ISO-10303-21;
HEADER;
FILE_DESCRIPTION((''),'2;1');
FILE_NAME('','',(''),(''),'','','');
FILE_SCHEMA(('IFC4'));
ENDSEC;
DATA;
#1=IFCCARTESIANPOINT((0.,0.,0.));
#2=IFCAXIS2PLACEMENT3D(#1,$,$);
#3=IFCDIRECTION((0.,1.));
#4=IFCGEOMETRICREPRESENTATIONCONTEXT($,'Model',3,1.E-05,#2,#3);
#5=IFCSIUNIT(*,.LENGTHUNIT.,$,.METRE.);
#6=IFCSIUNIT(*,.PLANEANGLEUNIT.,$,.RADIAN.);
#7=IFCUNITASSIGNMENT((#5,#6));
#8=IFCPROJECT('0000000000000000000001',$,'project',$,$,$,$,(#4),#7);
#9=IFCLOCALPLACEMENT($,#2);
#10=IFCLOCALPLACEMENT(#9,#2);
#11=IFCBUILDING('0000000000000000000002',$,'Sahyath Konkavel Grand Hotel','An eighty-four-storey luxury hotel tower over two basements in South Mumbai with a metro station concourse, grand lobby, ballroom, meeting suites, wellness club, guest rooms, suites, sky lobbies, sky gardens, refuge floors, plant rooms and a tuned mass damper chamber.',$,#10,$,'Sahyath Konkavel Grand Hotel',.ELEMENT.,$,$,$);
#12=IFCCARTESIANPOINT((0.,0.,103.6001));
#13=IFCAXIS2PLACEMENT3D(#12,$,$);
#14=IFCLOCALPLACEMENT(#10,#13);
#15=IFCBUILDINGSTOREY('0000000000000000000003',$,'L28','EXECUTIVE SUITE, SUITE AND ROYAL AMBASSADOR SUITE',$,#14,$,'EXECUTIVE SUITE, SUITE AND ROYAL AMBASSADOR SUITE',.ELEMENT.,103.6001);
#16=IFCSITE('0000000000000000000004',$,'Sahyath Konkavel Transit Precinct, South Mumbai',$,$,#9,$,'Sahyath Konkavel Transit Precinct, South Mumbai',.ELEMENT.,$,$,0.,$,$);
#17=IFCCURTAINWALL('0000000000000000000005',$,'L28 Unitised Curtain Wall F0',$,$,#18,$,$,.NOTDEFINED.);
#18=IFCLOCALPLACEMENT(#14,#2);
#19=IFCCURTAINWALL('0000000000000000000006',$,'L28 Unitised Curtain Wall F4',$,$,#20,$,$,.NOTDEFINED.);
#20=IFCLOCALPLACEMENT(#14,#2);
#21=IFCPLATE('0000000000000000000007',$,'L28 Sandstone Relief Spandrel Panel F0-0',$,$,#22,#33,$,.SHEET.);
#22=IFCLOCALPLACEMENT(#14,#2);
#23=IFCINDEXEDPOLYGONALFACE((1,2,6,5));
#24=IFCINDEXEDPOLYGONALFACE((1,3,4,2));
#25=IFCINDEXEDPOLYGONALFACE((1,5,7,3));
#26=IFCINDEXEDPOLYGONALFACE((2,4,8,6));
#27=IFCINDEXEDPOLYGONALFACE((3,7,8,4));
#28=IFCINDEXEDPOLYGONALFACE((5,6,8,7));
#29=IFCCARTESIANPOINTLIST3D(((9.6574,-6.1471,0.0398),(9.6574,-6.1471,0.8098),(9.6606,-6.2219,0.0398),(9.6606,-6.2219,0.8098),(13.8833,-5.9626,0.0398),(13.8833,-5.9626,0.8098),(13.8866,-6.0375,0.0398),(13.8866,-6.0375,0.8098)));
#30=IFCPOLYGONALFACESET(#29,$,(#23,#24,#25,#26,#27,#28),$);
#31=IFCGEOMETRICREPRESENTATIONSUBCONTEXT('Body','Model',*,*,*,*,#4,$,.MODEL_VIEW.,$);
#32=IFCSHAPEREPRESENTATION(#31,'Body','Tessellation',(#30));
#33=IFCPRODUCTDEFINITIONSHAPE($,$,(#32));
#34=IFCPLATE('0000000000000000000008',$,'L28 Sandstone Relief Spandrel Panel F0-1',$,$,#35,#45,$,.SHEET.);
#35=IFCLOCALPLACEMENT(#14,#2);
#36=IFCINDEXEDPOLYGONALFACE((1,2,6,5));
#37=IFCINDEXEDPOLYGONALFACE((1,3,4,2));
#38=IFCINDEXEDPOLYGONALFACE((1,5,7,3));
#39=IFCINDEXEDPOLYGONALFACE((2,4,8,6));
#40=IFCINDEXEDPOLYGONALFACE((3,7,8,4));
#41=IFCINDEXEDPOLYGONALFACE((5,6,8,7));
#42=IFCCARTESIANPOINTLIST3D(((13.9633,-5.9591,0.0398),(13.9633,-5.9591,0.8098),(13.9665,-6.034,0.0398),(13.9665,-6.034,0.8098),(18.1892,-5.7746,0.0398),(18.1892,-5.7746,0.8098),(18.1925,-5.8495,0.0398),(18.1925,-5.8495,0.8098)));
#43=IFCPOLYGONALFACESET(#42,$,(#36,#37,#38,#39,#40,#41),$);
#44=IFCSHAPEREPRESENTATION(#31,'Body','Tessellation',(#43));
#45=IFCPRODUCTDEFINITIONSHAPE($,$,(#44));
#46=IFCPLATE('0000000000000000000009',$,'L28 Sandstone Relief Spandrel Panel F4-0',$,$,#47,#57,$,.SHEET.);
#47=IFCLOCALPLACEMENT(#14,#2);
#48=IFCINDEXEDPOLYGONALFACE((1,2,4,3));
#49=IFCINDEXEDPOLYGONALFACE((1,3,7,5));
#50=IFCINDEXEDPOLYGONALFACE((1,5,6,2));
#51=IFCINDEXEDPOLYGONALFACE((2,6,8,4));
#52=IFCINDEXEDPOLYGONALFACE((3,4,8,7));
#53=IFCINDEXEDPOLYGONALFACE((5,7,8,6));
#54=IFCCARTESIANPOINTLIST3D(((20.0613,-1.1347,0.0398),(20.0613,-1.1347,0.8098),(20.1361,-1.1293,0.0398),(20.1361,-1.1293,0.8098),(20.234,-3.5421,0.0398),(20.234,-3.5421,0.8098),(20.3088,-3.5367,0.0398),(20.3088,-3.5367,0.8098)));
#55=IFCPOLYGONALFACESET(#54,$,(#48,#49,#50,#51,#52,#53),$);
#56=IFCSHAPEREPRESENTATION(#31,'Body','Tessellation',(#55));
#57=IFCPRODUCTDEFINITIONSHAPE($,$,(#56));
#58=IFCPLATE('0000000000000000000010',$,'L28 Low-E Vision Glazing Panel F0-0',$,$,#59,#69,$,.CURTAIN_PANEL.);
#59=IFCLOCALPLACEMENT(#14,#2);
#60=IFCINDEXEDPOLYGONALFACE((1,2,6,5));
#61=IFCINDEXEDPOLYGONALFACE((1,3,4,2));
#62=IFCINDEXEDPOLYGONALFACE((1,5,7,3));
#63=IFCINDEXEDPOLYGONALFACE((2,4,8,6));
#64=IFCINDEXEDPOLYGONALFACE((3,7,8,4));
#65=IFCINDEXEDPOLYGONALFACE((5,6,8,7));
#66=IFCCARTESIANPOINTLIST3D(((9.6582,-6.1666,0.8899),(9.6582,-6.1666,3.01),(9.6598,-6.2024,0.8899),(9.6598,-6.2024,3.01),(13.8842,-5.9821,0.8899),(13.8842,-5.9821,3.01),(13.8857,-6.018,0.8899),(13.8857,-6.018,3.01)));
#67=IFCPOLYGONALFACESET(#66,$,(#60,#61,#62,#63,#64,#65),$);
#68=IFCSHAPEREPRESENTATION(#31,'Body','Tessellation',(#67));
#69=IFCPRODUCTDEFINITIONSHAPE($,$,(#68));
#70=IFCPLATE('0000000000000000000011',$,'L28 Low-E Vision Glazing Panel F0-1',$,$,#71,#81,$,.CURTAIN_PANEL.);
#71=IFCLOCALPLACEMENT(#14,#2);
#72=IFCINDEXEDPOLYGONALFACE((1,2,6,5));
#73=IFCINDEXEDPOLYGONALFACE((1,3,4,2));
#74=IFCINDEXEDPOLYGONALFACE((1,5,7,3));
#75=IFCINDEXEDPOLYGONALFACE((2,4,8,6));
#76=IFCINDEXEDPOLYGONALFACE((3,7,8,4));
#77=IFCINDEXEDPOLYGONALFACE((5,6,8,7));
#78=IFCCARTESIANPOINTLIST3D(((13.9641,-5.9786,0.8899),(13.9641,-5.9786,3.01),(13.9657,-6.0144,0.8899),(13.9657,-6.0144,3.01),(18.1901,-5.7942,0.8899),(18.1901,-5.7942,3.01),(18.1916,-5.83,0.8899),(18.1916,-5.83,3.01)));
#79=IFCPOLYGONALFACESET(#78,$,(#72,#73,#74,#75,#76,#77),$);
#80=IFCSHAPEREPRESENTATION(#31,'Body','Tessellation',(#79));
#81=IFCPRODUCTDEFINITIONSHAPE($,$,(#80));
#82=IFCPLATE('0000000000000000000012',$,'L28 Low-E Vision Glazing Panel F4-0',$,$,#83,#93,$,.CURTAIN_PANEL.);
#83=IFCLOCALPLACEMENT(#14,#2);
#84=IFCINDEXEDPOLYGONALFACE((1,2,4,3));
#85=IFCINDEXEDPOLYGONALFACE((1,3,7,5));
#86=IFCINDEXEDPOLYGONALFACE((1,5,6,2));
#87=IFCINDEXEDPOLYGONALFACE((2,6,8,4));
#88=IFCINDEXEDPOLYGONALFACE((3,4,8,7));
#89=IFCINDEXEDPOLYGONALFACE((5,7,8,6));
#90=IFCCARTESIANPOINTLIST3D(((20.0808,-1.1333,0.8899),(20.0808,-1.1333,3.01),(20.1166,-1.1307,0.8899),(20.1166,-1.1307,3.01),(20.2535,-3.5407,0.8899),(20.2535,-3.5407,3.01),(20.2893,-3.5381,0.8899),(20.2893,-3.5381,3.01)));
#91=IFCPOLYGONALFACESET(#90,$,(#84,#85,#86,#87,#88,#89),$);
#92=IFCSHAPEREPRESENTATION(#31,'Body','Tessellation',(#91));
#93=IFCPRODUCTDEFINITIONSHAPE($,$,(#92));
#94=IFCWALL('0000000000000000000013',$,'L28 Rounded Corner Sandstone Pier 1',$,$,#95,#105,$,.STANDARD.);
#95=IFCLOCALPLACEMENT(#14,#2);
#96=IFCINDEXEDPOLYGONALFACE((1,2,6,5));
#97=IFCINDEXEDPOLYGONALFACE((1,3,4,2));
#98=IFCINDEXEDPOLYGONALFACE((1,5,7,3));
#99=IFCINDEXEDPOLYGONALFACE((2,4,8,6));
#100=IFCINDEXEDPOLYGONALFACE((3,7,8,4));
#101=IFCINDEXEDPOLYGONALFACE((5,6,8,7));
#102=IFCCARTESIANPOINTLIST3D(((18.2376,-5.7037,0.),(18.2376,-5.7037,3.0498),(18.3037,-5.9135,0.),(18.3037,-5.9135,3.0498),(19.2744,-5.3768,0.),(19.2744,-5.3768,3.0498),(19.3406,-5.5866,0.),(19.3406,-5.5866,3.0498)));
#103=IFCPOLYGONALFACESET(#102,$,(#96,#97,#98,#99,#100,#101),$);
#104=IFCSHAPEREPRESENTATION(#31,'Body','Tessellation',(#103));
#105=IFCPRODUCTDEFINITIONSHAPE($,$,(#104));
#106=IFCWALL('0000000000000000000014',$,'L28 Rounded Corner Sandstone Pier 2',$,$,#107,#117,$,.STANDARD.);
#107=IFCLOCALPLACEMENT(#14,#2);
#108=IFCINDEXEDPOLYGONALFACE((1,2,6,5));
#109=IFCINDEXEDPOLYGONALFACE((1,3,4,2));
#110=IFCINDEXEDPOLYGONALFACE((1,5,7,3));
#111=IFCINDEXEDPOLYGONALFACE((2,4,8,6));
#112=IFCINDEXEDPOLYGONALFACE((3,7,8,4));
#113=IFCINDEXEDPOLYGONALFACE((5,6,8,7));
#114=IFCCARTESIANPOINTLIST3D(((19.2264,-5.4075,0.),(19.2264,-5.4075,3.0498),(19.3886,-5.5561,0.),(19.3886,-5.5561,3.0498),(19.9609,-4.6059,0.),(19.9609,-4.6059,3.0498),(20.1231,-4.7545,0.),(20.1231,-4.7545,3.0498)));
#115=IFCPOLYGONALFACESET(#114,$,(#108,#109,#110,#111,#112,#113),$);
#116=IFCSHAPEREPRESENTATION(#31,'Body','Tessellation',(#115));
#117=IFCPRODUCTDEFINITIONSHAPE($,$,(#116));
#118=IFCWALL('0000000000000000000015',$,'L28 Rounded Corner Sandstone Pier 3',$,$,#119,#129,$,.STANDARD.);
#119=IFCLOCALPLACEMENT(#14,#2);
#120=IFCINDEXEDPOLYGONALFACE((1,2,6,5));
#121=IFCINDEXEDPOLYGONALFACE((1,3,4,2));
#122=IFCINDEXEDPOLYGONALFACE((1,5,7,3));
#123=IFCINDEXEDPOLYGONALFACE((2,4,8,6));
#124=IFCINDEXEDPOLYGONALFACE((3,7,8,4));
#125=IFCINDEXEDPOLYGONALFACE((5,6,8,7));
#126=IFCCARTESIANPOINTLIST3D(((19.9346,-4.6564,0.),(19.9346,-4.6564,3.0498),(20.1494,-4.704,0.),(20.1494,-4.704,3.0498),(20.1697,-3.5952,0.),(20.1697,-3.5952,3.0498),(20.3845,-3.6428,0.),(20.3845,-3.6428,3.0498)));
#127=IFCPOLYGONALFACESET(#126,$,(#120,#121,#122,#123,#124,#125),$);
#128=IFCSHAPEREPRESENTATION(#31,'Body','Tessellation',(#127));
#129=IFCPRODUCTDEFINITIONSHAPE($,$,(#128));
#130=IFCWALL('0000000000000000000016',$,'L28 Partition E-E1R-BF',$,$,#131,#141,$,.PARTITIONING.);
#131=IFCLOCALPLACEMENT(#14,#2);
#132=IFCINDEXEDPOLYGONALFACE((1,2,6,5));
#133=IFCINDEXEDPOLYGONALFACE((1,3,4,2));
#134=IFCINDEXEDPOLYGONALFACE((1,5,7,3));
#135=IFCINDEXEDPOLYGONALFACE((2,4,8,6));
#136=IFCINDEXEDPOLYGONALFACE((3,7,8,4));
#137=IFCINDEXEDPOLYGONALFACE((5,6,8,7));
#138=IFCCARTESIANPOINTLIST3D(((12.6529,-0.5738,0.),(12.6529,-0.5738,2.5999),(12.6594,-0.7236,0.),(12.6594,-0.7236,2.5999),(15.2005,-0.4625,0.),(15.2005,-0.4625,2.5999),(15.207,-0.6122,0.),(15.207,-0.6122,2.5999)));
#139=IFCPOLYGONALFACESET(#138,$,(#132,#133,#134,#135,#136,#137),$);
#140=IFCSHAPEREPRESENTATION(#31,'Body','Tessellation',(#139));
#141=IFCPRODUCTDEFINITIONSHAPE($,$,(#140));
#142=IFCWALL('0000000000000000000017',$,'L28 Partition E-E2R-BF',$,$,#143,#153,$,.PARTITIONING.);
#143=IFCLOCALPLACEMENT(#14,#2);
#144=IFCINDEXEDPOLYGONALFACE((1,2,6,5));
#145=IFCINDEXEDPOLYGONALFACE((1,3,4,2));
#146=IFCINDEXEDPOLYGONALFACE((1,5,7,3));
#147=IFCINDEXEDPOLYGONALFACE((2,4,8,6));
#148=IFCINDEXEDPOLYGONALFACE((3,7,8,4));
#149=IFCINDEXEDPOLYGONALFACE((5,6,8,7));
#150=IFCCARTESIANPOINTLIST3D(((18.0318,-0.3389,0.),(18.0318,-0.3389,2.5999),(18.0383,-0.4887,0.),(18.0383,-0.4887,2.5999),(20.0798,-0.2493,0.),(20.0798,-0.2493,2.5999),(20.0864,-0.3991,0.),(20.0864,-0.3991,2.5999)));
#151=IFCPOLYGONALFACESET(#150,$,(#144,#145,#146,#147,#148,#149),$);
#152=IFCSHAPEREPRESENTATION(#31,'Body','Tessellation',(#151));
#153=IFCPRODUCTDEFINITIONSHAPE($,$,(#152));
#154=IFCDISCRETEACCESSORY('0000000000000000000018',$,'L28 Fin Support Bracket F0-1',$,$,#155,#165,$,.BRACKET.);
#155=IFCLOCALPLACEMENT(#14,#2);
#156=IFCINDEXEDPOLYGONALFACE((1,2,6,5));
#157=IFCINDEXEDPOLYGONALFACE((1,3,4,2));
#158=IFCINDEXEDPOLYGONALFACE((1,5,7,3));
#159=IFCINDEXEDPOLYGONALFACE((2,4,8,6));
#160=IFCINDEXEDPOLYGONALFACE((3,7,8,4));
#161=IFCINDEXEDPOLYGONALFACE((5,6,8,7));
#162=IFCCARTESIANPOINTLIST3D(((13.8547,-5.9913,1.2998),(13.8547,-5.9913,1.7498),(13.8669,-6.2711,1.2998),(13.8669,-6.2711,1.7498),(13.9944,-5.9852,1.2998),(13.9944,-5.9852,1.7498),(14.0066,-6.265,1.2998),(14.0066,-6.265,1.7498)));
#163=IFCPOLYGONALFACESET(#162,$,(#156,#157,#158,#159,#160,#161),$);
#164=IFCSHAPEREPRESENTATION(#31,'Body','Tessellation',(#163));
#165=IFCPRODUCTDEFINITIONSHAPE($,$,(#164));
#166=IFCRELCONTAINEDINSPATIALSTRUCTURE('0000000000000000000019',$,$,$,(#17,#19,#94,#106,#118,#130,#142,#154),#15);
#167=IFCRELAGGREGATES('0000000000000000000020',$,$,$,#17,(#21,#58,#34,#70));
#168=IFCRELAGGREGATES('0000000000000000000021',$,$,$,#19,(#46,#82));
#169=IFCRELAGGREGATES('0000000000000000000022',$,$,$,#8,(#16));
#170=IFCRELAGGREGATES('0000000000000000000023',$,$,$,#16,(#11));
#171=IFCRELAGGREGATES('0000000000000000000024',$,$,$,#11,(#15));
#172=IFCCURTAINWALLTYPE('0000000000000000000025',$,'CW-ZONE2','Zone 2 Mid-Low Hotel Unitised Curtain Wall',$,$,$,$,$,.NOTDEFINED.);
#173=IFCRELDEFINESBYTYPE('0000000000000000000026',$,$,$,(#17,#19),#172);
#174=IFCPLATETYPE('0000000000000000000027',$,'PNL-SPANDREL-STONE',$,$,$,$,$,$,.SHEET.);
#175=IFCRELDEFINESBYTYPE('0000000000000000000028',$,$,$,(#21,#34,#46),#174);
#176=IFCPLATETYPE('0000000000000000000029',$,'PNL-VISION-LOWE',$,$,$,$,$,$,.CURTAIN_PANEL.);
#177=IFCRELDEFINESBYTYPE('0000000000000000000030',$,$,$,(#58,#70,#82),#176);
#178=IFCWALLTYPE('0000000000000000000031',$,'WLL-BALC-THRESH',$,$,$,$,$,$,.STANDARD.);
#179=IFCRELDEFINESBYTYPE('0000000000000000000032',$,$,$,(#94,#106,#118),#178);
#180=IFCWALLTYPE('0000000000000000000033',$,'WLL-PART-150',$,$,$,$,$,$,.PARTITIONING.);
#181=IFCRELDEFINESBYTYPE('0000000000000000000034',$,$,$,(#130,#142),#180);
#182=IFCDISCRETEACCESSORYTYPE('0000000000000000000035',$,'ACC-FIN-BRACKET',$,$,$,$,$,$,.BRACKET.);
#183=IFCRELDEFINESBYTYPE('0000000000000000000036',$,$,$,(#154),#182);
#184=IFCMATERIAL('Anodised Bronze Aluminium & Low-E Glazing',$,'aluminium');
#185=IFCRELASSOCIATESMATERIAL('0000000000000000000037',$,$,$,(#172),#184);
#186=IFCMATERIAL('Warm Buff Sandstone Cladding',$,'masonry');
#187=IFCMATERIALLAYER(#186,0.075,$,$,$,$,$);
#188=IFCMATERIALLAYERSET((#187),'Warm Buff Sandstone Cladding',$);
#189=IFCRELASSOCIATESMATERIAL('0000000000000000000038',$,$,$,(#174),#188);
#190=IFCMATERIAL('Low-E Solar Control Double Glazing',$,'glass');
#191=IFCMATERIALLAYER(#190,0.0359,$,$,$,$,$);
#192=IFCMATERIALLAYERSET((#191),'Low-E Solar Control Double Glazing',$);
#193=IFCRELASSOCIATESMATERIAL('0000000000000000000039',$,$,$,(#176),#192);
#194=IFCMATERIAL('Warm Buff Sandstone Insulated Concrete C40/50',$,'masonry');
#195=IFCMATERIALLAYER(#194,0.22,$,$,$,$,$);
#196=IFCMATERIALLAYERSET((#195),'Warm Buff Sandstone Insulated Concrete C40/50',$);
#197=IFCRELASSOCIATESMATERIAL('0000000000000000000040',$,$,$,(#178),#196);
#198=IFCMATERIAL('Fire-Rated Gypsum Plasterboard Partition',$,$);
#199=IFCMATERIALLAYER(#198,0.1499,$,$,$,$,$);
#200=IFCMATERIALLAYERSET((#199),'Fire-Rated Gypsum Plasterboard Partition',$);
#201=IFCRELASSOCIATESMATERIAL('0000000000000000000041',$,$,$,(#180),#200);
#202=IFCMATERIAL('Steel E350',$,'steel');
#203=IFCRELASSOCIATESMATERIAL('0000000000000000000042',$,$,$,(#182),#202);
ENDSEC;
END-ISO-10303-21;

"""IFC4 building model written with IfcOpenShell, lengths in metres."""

from ifc_helpers import new_model, si_unit, direction, frame, frame_2d, origin, origin_2d, place, context, subcontext, project, spatial, rectangle, extrude, source, transform, mapped, material, layer, layer_set, type_object, element, aggregate, save


model = new_model("IFC4")

# Units and contexts
model_context = context("Model", 3, precision=1e-05, world=origin(), true_north=direction((0.0, 1.0)))
body_context = subcontext(model_context, "Body", "Model", "MODEL_VIEW")
ifc_project = project(units=[si_unit("LENGTHUNIT", "METRE"), si_unit("PLANEANGLEUNIT", "RADIAN")], contexts=[model_context])

# Site, building, storey
site_placement = place(None, origin())
site = spatial("IfcSite", under=ifc_project, at=site_placement, Name="Sahyath Konkavel Transit Precinct, South Mumbai", LongName="Sahyath Konkavel Transit Precinct, South Mumbai", CompositionType="ELEMENT", RefElevation=0.0)
building_placement = place(site_placement, origin())
building = spatial("IfcBuilding", under=site, at=building_placement, Name="Sahyath Konkavel Grand Hotel", Description="An eighty-four-storey luxury hotel tower over two basements in South Mumbai with a metro station concourse, grand lobby, ballroom, meeting suites, wellness club, guest rooms, suites, sky lobbies, sky gardens, refuge floors, plant rooms and a tuned mass damper chamber.", LongName="Sahyath Konkavel Grand Hotel", CompositionType="ELEMENT")
storey_placement = place(building_placement, frame((0.0, 0.0, 103.6001)))
storey = spatial("IfcBuildingStorey", under=building, at=storey_placement, Name="L28", Description="EXECUTIVE SUITE, SUITE AND ROYAL AMBASSADOR SUITE", LongName="EXECUTIVE SUITE, SUITE AND ROYAL AMBASSADOR SUITE", CompositionType="ELEMENT", Elevation=103.6001)

# Shared definitions
ifc_material_1 = material(Name="Steel E350", Category="steel")

# Curtain wall
ifc_material_2 = material(Name="Anodised Bronze Aluminium & Low-E Glazing", Category="aluminium")
curtain_wall_type = type_object("IfcCurtainWallType", Name="CW-ZONE2", Description="Zone 2 Mid-Low Hotel Unitised Curtain Wall", PredefinedType="NOTDEFINED", material=ifc_material_2)
curtain_wall_1_placement = place(storey_placement, origin())
curtain_wall_1 = element("IfcCurtainWall", 1, at=curtain_wall_1_placement, inside=storey, type_object=curtain_wall_type, Name="L28 Unitised Curtain Wall F0", PredefinedType="NOTDEFINED")

# Curtain wall
curtain_wall_2_placement = place(storey_placement, origin())
curtain_wall_2 = element("IfcCurtainWall", 2, at=curtain_wall_2_placement, inside=storey, type_object=curtain_wall_type, Name="L28 Unitised Curtain Wall F4", PredefinedType="NOTDEFINED")

# Plates
ifc_material_3 = material(Name="Warm Buff Sandstone Cladding", Category="masonry")
ifc_layer_1 = layer(ifc_material_3, 0.075)
ifc_layer_set_1 = layer_set([ifc_layer_1], Name="Warm Buff Sandstone Cladding")
plate_type_1 = type_object("IfcPlateType", Name="PNL-SPANDREL-STONE", PredefinedType="SHEET", material=ifc_layer_set_1)
shared_shape_1 = source(origin(), body_context, "Body", "SweptSolid", [
    extrude(rectangle(XDim=4.23, YDim=0.075, at=origin_2d()), origin(), (0.0, 0.0, 1.0), 0.77),
])
plate_1_placement = place(storey_placement, frame((11.772, -6.0923, 0.0398), z_axis=(0.0, 0.0, 1.0), x_axis=(0.999049, 0.043602, 0.0)))
plate_1 = element("IfcPlate", 3, at=plate_1_placement, type_object=plate_type_1, Name="L28 Sandstone Relief Spandrel Panel F0-0", PredefinedType="SHEET", context=body_context, shape_type="MappedRepresentation", body=[
    mapped(shared_shape_1, transform((0.0, 0.0, 0.0), scale=1.0)),
])
plate_2_placement = place(storey_placement, frame((16.0779, -5.9043, 0.0398), z_axis=(0.0, 0.0, 1.0), x_axis=(0.999049, 0.043602, 0.0)))
plate_2 = element("IfcPlate", 4, at=plate_2_placement, type_object=plate_type_1, Name="L28 Sandstone Relief Spandrel Panel F0-1", PredefinedType="SHEET", context=body_context, shape_type="MappedRepresentation", body=[
    mapped(shared_shape_1, transform((0.0, 0.0, 0.0), scale=1.0)),
])
shared_shape_2 = source(origin(), body_context, "Body", "SweptSolid", [
    extrude(rectangle(XDim=2.4136, YDim=0.075, at=origin_2d()), origin(), (0.0, 0.0, 1.0), 0.77),
])
plate_3_placement = place(storey_placement, frame((20.1851, -2.3357, 0.0398), z_axis=(0.0, 0.0, 1.0), x_axis=(-0.071567, 0.997436, 0.0)))
plate_3 = element("IfcPlate", 5, at=plate_3_placement, type_object=plate_type_1, Name="L28 Sandstone Relief Spandrel Panel F4-0", PredefinedType="SHEET", context=body_context, shape_type="MappedRepresentation", body=[
    mapped(shared_shape_2, transform((0.0, 0.0, 0.0), scale=1.0)),
])
ifc_material_4 = material(Name="Low-E Solar Control Double Glazing", Category="glass")
ifc_layer_2 = layer(ifc_material_4, 0.0359)
ifc_layer_set_2 = layer_set([ifc_layer_2], Name="Low-E Solar Control Double Glazing")
plate_type_2 = type_object("IfcPlateType", Name="PNL-VISION-LOWE", PredefinedType="CURTAIN_PANEL", material=ifc_layer_set_2)
shared_shape_3 = source(origin(), body_context, "Body", "SweptSolid", [
    extrude(rectangle(XDim=4.23, YDim=0.0359, at=origin_2d()), origin(), (0.0, 0.0, 1.0), 2.1201),
])
plate_4_placement = place(storey_placement, frame((11.772, -6.0923, 0.8899), z_axis=(0.0, 0.0, 1.0), x_axis=(0.999049, 0.043602, 0.0)))
plate_4 = element("IfcPlate", 6, at=plate_4_placement, type_object=plate_type_2, Name="L28 Low-E Vision Glazing Panel F0-0", PredefinedType="CURTAIN_PANEL", context=body_context, shape_type="MappedRepresentation", body=[
    mapped(shared_shape_3, transform((0.0, 0.0, 0.0), scale=1.0)),
])
plate_5_placement = place(storey_placement, frame((16.0779, -5.9043, 0.8899), z_axis=(0.0, 0.0, 1.0), x_axis=(0.999049, 0.043602, 0.0)))
plate_5 = element("IfcPlate", 7, at=plate_5_placement, type_object=plate_type_2, Name="L28 Low-E Vision Glazing Panel F0-1", PredefinedType="CURTAIN_PANEL", context=body_context, shape_type="MappedRepresentation", body=[
    mapped(shared_shape_3, transform((0.0, 0.0, 0.0), scale=1.0)),
])
aggregate(curtain_wall_1, [plate_1, plate_4, plate_2, plate_5])
shared_shape_4 = source(origin(), body_context, "Body", "SweptSolid", [
    extrude(rectangle(XDim=2.4136, YDim=0.0359, at=origin_2d()), origin(), (0.0, 0.0, 1.0), 2.1201),
])
plate_6_placement = place(storey_placement, frame((20.1851, -2.3357, 0.8899), z_axis=(0.0, 0.0, 1.0), x_axis=(-0.071567, 0.997436, 0.0)))
plate_6 = element("IfcPlate", 8, at=plate_6_placement, type_object=plate_type_2, Name="L28 Low-E Vision Glazing Panel F4-0", PredefinedType="CURTAIN_PANEL", context=body_context, shape_type="MappedRepresentation", body=[
    mapped(shared_shape_4, transform((0.0, 0.0, 0.0), scale=1.0)),
])
aggregate(curtain_wall_2, [plate_3, plate_6])

# Walls
ifc_material_5 = material(Name="Warm Buff Sandstone Insulated Concrete C40/50", Category="masonry")
ifc_layer_3 = layer(ifc_material_5, 0.22)
ifc_layer_set_3 = layer_set([ifc_layer_3], Name="Warm Buff Sandstone Insulated Concrete C40/50")
wall_type_1 = type_object("IfcWallType", Name="WLL-BALC-THRESH", PredefinedType="STANDARD", material=ifc_layer_set_3)
for number, where, z_axis, x_axis, name in (
    (9, (18.2708, -5.8086, 0.0), (0.0, 0.0, 1.0), (0.953722, 0.300691, 0.0), "L28 Rounded Corner Sandstone Pier 1"),
    (10, (19.3076, -5.4817, 0.0), (0.0, 0.0, 1.0), (0.675552, 0.737313, 0.0), "L28 Rounded Corner Sandstone Pier 2"),
):
    element("IfcWall", number, at=place(storey_placement, frame(where, z_axis=z_axis, x_axis=x_axis)), inside=storey, type_object=wall_type_1, Name=name, PredefinedType="STANDARD", context=body_context, shape_type="SweptSolid", body=[
        extrude(rectangle(XDim=1.0872, YDim=0.22, at=frame_2d((0.5435, 0.0))), origin(), (0.0, 0.0, 1.0), 3.0498),
    ])
wall_1_placement = place(storey_placement, frame((20.042, -4.6802, 0.0), z_axis=(0.0, 0.0, 1.0), x_axis=(0.216288, 0.97633, 0.0)))
element("IfcWall", 11, at=wall_1_placement, inside=storey, type_object=wall_type_1, Name="L28 Rounded Corner Sandstone Pier 3", PredefinedType="STANDARD", context=body_context, shape_type="SweptSolid", body=[
    extrude(rectangle(XDim=1.0869, YDim=0.22, at=frame_2d((0.5435, 0.0))), origin(), (0.0, 0.0, 1.0), 3.0498),
])
ifc_material_6 = material(Name="Fire-Rated Gypsum Plasterboard Partition")
ifc_layer_4 = layer(ifc_material_6, 0.1499)
ifc_layer_set_4 = layer_set([ifc_layer_4], Name="Fire-Rated Gypsum Plasterboard Partition")
wall_type_2 = type_object("IfcWallType", Name="WLL-PART-150", PredefinedType="PARTITIONING", material=ifc_layer_set_4)
wall_2_placement = place(storey_placement, frame((12.6562, -0.6487, 0.0), z_axis=(0.0, 0.0, 1.0), x_axis=(0.999047, 0.043657, 0.0)))
element("IfcWall", 12, at=wall_2_placement, inside=storey, type_object=wall_type_2, Name="L28 Partition E-E1R-BF", PredefinedType="PARTITIONING", context=body_context, shape_type="SweptSolid", body=[
    extrude(rectangle(XDim=2.55, YDim=0.1499, at=frame_2d((1.2749, 0.0))), origin(), (0.0, 0.0, 1.0), 2.5999),
])
wall_3_placement = place(storey_placement, frame((18.0352, -0.4138, 0.0), z_axis=(0.0, 0.0, 1.0), x_axis=(0.999044, 0.043706, 0.0)))
element("IfcWall", 13, at=wall_3_placement, inside=storey, type_object=wall_type_2, Name="L28 Partition E-E2R-BF", PredefinedType="PARTITIONING", context=body_context, shape_type="SweptSolid", body=[
    extrude(rectangle(XDim=2.05, YDim=0.1499, at=frame_2d((1.0249, 0.0))), origin(), (0.0, 0.0, 1.0), 2.5999),
])

# Discrete accessory
discrete_accessory_type = type_object("IfcDiscreteAccessoryType", Name="ACC-FIN-BRACKET", PredefinedType="BRACKET", material=ifc_material_1)
shared_shape_5 = source(origin(), body_context, "Body", "SweptSolid", [
    extrude(rectangle(XDim=0.28, YDim=0.1399, at=origin_2d()), origin(), (0.0, 0.0, 1.0), 0.45),
])
discrete_accessory_placement = place(storey_placement, frame((13.9307, -6.1282, 1.2998), z_axis=(0.0, 0.0, 1.0), x_axis=(0.043602, -0.999049, 0.0)))
element("IfcDiscreteAccessory", 14, at=discrete_accessory_placement, inside=storey, type_object=discrete_accessory_type, Name="L28 Fin Support Bracket F0-1", PredefinedType="BRACKET", context=body_context, shape_type="MappedRepresentation", body=[
    mapped(shared_shape_5, transform((0.0, 0.0, 0.0), scale=1.0)),
])

save(model, "model.ifc")
